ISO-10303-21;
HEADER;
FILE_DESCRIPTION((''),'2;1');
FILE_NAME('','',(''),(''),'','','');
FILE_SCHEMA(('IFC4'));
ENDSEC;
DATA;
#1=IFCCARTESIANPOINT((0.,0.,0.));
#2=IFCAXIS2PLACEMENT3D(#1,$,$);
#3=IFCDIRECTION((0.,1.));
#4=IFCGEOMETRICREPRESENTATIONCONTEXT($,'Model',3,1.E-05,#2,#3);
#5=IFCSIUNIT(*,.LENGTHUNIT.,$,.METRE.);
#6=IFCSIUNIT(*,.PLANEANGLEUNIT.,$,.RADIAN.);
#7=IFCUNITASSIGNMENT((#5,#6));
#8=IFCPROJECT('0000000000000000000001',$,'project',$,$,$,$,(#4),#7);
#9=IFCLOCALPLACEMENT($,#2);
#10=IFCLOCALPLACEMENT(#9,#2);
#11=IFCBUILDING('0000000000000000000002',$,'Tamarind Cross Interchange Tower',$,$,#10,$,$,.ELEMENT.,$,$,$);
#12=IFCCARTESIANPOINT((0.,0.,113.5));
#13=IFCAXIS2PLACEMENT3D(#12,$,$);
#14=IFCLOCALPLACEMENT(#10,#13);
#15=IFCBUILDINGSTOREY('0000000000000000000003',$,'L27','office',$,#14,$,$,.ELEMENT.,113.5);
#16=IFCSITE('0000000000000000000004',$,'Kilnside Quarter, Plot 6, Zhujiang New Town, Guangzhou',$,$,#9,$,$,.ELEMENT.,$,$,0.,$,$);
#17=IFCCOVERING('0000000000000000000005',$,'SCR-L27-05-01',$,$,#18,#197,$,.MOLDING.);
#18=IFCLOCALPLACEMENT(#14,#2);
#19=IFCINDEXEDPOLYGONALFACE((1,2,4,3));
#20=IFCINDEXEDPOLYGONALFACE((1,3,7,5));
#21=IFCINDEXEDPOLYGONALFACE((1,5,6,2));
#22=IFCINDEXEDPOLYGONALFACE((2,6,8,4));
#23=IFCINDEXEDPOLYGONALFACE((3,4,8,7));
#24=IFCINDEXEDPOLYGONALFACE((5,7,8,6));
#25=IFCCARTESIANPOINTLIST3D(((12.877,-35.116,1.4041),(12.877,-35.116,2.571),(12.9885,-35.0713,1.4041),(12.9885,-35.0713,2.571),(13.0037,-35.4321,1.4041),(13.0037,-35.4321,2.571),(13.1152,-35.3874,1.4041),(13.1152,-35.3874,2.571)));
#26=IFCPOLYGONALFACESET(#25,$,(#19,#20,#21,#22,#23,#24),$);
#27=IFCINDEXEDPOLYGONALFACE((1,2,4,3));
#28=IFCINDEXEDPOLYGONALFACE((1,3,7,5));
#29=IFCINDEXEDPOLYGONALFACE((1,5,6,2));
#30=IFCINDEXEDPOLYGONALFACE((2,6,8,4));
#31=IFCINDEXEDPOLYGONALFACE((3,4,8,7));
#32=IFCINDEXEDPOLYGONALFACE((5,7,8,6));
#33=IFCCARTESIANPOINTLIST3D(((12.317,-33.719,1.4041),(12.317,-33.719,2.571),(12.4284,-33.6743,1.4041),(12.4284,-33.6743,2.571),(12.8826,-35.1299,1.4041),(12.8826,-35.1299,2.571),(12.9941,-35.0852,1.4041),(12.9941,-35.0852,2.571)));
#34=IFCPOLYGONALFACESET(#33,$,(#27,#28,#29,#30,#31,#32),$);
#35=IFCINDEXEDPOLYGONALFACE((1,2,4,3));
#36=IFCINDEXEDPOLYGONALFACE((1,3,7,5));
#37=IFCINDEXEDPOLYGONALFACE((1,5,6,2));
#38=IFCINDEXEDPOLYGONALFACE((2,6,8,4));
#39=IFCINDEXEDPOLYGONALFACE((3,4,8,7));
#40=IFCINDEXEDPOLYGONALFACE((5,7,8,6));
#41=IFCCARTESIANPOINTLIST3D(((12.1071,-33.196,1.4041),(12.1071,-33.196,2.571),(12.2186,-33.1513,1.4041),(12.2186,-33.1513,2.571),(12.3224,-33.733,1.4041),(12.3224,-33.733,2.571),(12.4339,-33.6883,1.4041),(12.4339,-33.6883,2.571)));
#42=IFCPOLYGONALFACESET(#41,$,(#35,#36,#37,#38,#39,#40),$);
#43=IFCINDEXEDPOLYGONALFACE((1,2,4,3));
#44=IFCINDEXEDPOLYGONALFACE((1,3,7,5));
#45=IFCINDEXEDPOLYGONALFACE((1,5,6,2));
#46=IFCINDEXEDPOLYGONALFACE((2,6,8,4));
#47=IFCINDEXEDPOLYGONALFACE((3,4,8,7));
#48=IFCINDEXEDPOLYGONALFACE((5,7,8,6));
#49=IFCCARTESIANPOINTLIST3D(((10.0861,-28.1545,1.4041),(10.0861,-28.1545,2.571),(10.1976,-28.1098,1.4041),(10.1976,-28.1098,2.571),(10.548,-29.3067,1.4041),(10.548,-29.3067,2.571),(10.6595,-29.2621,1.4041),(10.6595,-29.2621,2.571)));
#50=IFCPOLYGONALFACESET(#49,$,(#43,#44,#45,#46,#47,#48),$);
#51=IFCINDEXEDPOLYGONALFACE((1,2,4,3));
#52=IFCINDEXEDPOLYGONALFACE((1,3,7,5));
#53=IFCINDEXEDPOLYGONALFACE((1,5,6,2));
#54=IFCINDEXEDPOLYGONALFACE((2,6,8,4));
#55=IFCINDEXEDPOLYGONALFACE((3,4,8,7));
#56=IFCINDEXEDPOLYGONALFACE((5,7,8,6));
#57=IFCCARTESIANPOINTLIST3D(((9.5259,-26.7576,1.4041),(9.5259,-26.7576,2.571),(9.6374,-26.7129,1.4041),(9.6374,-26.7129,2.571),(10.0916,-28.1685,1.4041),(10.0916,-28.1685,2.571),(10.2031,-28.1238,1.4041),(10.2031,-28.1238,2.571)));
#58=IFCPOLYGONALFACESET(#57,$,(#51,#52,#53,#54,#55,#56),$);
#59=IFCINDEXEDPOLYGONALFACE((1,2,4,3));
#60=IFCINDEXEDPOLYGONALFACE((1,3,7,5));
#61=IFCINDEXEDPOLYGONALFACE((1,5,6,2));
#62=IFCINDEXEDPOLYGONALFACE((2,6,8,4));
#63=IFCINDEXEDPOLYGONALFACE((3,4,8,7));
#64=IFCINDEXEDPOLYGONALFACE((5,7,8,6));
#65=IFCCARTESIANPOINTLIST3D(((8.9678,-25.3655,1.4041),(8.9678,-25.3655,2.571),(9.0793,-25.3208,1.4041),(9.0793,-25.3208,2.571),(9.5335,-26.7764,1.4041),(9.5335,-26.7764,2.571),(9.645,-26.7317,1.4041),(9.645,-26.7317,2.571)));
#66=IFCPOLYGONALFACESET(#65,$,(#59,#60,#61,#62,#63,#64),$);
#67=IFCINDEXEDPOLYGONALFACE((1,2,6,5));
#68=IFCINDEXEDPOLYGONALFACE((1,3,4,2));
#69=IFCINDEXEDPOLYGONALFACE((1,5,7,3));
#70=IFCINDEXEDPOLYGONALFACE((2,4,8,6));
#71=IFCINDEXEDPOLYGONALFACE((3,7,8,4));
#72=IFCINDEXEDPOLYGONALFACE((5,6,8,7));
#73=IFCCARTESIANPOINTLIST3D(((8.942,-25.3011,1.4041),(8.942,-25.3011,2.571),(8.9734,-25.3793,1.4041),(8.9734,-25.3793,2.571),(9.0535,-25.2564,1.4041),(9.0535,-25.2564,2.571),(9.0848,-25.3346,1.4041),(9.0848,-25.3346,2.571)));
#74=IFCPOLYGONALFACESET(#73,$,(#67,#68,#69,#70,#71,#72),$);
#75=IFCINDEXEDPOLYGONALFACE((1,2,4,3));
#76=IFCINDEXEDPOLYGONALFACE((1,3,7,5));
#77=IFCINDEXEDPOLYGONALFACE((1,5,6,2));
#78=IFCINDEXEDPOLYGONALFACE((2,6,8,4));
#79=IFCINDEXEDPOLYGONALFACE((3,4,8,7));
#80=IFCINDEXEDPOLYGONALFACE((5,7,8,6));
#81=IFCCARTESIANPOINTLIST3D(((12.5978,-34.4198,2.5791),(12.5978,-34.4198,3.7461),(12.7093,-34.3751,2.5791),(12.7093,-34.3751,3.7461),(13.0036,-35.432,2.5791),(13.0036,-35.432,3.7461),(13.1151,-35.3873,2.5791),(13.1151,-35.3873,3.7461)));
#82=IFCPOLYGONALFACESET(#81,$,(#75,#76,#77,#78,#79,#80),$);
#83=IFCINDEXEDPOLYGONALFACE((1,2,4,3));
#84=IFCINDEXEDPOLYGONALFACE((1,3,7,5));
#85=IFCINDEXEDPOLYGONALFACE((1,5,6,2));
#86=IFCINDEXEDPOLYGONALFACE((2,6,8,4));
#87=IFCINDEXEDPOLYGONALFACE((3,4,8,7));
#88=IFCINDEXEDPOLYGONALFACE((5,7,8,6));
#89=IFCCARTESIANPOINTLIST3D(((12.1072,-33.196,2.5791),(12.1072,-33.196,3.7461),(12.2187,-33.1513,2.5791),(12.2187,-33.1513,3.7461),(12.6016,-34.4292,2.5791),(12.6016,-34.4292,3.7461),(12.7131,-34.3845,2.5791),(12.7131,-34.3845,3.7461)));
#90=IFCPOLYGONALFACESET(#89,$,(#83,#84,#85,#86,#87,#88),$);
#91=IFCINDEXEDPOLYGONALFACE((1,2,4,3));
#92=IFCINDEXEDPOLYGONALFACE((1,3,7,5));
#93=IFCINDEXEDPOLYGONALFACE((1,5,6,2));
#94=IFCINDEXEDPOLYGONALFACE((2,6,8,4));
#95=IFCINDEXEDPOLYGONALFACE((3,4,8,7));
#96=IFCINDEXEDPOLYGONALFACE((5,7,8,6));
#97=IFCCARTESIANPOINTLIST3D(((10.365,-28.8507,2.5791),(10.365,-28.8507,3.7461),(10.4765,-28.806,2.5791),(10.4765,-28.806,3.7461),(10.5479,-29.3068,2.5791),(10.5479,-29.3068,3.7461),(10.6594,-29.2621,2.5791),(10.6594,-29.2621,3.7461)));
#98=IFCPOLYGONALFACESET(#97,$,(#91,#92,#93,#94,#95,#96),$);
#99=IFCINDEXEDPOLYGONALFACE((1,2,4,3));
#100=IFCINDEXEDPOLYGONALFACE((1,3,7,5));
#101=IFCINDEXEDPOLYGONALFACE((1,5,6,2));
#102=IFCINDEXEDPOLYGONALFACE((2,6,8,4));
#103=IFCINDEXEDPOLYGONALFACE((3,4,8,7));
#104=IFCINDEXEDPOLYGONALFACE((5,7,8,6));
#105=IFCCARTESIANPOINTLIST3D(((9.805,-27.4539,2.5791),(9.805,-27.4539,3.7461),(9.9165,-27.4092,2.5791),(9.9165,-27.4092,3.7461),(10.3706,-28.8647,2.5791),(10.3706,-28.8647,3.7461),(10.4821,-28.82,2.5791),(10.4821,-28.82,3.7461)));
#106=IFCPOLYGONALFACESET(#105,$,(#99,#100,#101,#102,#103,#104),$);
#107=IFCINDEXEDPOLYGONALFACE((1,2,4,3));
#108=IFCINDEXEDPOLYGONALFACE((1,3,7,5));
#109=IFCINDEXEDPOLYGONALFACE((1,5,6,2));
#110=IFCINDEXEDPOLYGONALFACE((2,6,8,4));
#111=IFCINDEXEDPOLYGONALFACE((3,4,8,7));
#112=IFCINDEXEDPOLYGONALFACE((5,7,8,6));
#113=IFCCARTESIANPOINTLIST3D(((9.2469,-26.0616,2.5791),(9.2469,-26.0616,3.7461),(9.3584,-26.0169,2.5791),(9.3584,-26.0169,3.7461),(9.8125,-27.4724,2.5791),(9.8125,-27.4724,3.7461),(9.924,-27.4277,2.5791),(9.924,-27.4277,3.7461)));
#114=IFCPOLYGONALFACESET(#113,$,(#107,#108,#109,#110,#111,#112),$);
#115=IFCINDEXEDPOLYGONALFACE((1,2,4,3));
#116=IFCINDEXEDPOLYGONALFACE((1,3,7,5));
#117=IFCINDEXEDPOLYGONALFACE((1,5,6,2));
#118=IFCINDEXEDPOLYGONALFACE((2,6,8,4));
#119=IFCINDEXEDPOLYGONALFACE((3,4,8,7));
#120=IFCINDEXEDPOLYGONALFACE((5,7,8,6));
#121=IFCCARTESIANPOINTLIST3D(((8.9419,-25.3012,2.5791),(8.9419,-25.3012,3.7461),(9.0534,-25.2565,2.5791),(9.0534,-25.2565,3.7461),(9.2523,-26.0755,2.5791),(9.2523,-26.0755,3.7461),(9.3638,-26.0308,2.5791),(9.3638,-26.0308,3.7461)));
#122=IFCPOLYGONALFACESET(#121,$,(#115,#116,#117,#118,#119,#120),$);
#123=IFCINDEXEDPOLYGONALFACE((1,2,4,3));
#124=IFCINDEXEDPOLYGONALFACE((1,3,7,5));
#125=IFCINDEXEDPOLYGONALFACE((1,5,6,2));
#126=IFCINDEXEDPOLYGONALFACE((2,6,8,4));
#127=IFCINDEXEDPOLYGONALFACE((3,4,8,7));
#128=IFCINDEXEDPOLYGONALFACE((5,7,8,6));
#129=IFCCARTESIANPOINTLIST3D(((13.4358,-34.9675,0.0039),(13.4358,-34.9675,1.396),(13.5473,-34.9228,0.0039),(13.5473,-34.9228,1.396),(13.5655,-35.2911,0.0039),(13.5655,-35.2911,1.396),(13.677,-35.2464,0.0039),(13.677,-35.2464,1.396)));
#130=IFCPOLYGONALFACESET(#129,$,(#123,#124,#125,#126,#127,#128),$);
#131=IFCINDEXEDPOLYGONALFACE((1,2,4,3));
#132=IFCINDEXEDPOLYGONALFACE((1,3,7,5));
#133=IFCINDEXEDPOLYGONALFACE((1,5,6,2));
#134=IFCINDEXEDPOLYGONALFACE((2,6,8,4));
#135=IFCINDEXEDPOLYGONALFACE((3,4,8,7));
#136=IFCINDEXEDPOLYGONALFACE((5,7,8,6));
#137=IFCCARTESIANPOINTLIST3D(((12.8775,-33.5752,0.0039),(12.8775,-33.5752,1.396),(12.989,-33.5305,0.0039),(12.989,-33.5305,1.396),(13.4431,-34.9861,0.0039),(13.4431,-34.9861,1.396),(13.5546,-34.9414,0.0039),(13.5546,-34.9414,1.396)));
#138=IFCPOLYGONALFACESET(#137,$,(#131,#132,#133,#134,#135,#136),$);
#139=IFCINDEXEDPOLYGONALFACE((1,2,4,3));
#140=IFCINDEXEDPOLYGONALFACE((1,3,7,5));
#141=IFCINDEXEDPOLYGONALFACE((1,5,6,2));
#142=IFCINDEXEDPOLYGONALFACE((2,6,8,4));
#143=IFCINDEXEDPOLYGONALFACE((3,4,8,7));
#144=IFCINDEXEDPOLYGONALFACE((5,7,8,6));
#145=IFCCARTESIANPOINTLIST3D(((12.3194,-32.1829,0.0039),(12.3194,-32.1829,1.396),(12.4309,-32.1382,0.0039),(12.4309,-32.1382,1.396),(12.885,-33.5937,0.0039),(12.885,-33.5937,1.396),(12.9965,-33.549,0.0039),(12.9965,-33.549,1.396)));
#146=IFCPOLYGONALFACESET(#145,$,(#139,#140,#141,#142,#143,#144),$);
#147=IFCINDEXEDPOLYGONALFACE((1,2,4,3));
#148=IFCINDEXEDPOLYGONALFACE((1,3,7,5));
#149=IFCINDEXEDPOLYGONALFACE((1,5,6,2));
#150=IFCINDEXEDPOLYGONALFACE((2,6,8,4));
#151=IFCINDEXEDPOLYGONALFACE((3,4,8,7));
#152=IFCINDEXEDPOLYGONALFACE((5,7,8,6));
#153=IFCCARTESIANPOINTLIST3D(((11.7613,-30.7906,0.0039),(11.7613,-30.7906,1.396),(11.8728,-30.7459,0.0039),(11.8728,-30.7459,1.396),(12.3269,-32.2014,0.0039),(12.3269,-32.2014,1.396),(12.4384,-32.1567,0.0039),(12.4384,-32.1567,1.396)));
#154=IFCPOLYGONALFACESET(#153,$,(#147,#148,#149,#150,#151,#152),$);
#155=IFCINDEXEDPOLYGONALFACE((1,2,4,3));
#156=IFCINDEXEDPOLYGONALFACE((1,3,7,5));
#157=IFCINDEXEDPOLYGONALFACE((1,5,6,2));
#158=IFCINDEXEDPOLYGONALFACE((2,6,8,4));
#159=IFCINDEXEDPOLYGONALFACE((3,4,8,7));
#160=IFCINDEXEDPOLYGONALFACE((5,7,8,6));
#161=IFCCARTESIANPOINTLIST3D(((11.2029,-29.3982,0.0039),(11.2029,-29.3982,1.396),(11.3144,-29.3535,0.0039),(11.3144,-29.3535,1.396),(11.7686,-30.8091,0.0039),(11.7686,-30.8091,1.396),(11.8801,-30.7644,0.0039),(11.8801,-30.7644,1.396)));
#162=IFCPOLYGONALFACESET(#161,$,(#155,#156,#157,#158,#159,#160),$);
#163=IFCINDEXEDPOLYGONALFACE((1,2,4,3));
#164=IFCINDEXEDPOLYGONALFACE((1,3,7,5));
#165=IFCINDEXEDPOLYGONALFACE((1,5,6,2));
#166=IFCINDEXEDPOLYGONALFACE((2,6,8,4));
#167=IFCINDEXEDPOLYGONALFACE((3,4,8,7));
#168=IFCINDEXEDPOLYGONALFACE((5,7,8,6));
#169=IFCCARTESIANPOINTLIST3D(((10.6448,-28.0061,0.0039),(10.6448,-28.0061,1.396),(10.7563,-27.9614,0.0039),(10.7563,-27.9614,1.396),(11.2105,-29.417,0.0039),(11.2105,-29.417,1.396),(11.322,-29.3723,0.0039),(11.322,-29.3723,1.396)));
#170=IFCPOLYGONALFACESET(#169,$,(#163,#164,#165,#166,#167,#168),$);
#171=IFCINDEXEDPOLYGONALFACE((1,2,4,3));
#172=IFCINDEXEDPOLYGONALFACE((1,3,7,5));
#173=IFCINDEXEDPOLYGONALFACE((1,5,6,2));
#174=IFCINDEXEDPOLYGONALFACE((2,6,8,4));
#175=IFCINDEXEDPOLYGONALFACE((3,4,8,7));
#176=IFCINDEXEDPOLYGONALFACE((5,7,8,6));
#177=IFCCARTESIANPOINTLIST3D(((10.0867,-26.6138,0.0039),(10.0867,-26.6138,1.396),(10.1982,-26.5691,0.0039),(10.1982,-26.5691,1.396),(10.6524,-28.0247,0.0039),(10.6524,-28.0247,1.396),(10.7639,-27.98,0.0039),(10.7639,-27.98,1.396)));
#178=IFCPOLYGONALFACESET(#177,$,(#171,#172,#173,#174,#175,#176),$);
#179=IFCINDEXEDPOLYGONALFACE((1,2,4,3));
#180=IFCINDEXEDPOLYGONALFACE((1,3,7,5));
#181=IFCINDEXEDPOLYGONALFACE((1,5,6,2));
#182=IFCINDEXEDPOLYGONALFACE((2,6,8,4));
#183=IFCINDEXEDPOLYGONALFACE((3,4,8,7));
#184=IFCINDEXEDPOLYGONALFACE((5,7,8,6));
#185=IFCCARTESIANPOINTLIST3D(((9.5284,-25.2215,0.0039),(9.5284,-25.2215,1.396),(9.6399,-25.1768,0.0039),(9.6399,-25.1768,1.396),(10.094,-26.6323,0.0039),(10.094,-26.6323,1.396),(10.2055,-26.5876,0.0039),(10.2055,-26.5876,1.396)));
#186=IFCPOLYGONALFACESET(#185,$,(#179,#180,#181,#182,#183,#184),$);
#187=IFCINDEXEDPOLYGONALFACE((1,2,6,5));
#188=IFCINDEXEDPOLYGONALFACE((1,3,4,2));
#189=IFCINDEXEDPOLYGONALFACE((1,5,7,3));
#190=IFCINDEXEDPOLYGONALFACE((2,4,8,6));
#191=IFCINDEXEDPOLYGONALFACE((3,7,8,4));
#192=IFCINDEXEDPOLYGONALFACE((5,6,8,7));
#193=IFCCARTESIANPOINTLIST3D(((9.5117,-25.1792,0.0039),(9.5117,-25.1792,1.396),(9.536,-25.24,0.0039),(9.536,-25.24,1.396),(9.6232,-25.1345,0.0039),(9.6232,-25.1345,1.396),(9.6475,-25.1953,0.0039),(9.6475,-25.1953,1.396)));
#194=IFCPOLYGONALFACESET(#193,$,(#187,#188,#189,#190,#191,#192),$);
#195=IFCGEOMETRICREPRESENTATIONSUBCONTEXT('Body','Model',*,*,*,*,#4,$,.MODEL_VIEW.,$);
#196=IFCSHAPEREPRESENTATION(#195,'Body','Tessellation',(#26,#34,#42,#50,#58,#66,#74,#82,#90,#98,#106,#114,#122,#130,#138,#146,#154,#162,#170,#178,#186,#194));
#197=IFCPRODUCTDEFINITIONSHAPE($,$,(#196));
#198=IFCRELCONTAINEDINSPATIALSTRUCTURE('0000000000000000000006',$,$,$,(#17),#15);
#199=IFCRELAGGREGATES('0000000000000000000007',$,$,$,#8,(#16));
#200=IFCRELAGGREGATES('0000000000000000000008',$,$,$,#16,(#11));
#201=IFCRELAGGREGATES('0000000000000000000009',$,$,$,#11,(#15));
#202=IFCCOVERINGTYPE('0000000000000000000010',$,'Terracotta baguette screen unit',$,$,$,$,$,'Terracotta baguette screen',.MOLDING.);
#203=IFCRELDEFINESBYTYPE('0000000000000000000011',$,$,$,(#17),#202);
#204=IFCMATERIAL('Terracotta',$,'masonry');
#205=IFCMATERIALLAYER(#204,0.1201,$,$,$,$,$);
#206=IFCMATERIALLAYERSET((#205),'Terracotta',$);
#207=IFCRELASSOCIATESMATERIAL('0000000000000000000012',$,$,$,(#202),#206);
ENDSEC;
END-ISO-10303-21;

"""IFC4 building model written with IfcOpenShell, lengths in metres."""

from ifc_helpers import new_model, si_unit, direction, frame, origin, origin_2d, place, context, subcontext, project, spatial, rectangle, extrude, material, layer, layer_set, type_object, element, save


model = new_model("IFC4")

# Units and contexts
model_context = context("Model", 3, precision=1e-05, world=origin(), true_north=direction((0.0, 1.0)))
body_context = subcontext(model_context, "Body", "Model", "MODEL_VIEW")
ifc_project = project(units=[si_unit("LENGTHUNIT", "METRE"), si_unit("PLANEANGLEUNIT", "RADIAN")], contexts=[model_context])

# Site, building, storey
site_placement = place(None, origin())
site = spatial("IfcSite", under=ifc_project, at=site_placement, Name="Kilnside Quarter, Plot 6, Zhujiang New Town, Guangzhou", CompositionType="ELEMENT", RefElevation=0.0)
building_placement = place(site_placement, origin())
building = spatial("IfcBuilding", under=site, at=building_placement, Name="Tamarind Cross Interchange Tower", CompositionType="ELEMENT")
storey_placement = place(building_placement, frame((0.0, 0.0, 113.5)))
storey = spatial("IfcBuildingStorey", under=building, at=storey_placement, Name="L27", Description="office", CompositionType="ELEMENT", Elevation=113.5)

# Covering
ifc_material_1 = material(Name="Terracotta", Category="masonry")
ifc_layer_1 = layer(ifc_material_1, 0.1201)
ifc_layer_set_1 = layer_set([ifc_layer_1], Name="Terracotta")
covering_type = type_object("IfcCoveringType", Name="Terracotta baguette screen unit", ElementType="Terracotta baguette screen", PredefinedType="MOLDING", material=ifc_layer_set_1)
covering_1_placement = place(storey_placement, origin())
element("IfcCovering", 1, at=covering_1_placement, inside=storey, type_object=covering_type, Name="SCR-L27-05-01", PredefinedType="MOLDING", context=body_context, shape_type="SweptSolid", body=[
    extrude(rectangle(XDim=0.3406, YDim=0.1201, at=origin_2d()), frame((12.9961, -35.2517, 1.4041), z_axis=(0.0, 0.0, 1.0), x_axis=(-0.372124, 0.928183, 0.0)), (0.0, 0.0, 1.0), 1.167),
    extrude(rectangle(XDim=1.52, YDim=0.1201, at=origin_2d()), frame((12.6555, -34.4021, 1.4041), z_axis=(0.0, 0.0, 1.0), x_axis=(-0.372124, 0.928183, 0.0)), (0.0, 0.0, 1.0), 1.167),
    extrude(rectangle(XDim=0.5786, YDim=0.1201, at=origin_2d()), frame((12.2705, -33.4421, 1.4041), z_axis=(0.0, 0.0, 1.0), x_axis=(-0.372124, 0.928183, 0.0)), (0.0, 0.0, 1.0), 1.167),
    extrude(rectangle(XDim=1.2415, YDim=0.1201, at=origin_2d()), frame((10.3728, -28.7083, 1.4041), z_axis=(0.0, 0.0, 1.0), x_axis=(-0.372124, 0.928183, 0.0)), (0.0, 0.0, 1.0), 1.167),
    extrude(rectangle(XDim=1.52, YDim=0.1201, at=origin_2d()), frame((9.8645, -27.4407, 1.4041), z_axis=(0.0, 0.0, 1.0), x_axis=(-0.372124, 0.928183, 0.0)), (0.0, 0.0, 1.0), 1.167),
    extrude(rectangle(XDim=1.52, YDim=0.1201, at=origin_2d()), frame((9.3064, -26.0486, 1.4041), z_axis=(0.0, 0.0, 1.0), x_axis=(-0.372124, 0.928183, 0.0)), (0.0, 0.0, 1.0), 1.167),
    extrude(rectangle(XDim=0.0842, YDim=0.1201, at=origin_2d()), frame((9.0134, -25.3179, 1.4041), z_axis=(0.0, 0.0, 1.0), x_axis=(-0.372124, 0.928183, 0.0)), (0.0, 0.0, 1.0), 1.167),
    extrude(rectangle(XDim=1.0906, YDim=0.1201, at=origin_2d()), frame((12.8564, -34.9036, 2.5791), z_axis=(0.0, 0.0, 1.0), x_axis=(-0.372124, 0.928183, 0.0)), (0.0, 0.0, 1.0), 1.167),
    extrude(rectangle(XDim=1.3286, YDim=0.1201, at=origin_2d()), frame((12.4102, -33.7903, 2.5791), z_axis=(0.0, 0.0, 1.0), x_axis=(-0.372124, 0.928183, 0.0)), (0.0, 0.0, 1.0), 1.167),
    extrude(rectangle(XDim=0.4915, YDim=0.1201, at=origin_2d()), frame((10.5122, -29.0564, 2.5791), z_axis=(0.0, 0.0, 1.0), x_axis=(-0.372124, 0.928183, 0.0)), (0.0, 0.0, 1.0), 1.167),
    extrude(rectangle(XDim=1.52, YDim=0.1201, at=origin_2d()), frame((10.1436, -28.137, 2.5791), z_axis=(0.0, 0.0, 1.0), x_axis=(-0.372124, 0.928183, 0.0)), (0.0, 0.0, 1.0), 1.167),
    extrude(rectangle(XDim=1.52, YDim=0.1201, at=origin_2d()), frame((9.5854, -26.7446, 2.5791), z_axis=(0.0, 0.0, 1.0), x_axis=(-0.372124, 0.928183, 0.0)), (0.0, 0.0, 1.0), 1.167),
    extrude(rectangle(XDim=0.8342, YDim=0.1201, at=origin_2d()), frame((9.1528, -25.666, 2.5791), z_axis=(0.0, 0.0, 1.0), x_axis=(-0.372124, 0.928183, 0.0)), (0.0, 0.0, 1.0), 1.167),
    extrude(rectangle(XDim=0.3486, YDim=0.1201, at=origin_2d()), frame((13.5564, -35.1069, 0.0039), z_axis=(0.0, 0.0, 1.0), x_axis=(-0.372124, 0.928183, 0.0)), (0.0, 0.0, 1.0), 1.3921),
    extrude(rectangle(XDim=1.52, YDim=0.1201, at=origin_2d()), frame((13.2161, -34.2583, 0.0039), z_axis=(0.0, 0.0, 1.0), x_axis=(-0.372124, 0.928183, 0.0)), (0.0, 0.0, 1.0), 1.3921),
    extrude(rectangle(XDim=1.52, YDim=0.1201, at=origin_2d()), frame((12.658, -32.866, 0.0039), z_axis=(0.0, 0.0, 1.0), x_axis=(-0.372124, 0.928183, 0.0)), (0.0, 0.0, 1.0), 1.3921),
    extrude(rectangle(XDim=1.52, YDim=0.1201, at=origin_2d()), frame((12.0999, -31.4736, 0.0039), z_axis=(0.0, 0.0, 1.0), x_axis=(-0.372124, 0.928183, 0.0)), (0.0, 0.0, 1.0), 1.3921),
    extrude(rectangle(XDim=1.52, YDim=0.1201, at=origin_2d()), frame((11.5415, -30.0813, 0.0039), z_axis=(0.0, 0.0, 1.0), x_axis=(-0.372124, 0.928183, 0.0)), (0.0, 0.0, 1.0), 1.3921),
    extrude(rectangle(XDim=1.52, YDim=0.1201, at=origin_2d()), frame((10.9834, -28.6892, 0.0039), z_axis=(0.0, 0.0, 1.0), x_axis=(-0.372124, 0.928183, 0.0)), (0.0, 0.0, 1.0), 1.3921),
    extrude(rectangle(XDim=1.52, YDim=0.1201, at=origin_2d()), frame((10.4253, -27.2969, 0.0039), z_axis=(0.0, 0.0, 1.0), x_axis=(-0.372124, 0.928183, 0.0)), (0.0, 0.0, 1.0), 1.3921),
    extrude(rectangle(XDim=1.52, YDim=0.1201, at=origin_2d()), frame((9.8669, -25.9045, 0.0039), z_axis=(0.0, 0.0, 1.0), x_axis=(-0.372124, 0.928183, 0.0)), (0.0, 0.0, 1.0), 1.3921),
    extrude(rectangle(XDim=0.0654, YDim=0.1201, at=origin_2d()), frame((9.5796, -25.1873, 0.0039), z_axis=(0.0, 0.0, 1.0), x_axis=(-0.372124, 0.928183, 0.0)), (0.0, 0.0, 1.0), 1.3921),
])

save(model, "model.ifc")
